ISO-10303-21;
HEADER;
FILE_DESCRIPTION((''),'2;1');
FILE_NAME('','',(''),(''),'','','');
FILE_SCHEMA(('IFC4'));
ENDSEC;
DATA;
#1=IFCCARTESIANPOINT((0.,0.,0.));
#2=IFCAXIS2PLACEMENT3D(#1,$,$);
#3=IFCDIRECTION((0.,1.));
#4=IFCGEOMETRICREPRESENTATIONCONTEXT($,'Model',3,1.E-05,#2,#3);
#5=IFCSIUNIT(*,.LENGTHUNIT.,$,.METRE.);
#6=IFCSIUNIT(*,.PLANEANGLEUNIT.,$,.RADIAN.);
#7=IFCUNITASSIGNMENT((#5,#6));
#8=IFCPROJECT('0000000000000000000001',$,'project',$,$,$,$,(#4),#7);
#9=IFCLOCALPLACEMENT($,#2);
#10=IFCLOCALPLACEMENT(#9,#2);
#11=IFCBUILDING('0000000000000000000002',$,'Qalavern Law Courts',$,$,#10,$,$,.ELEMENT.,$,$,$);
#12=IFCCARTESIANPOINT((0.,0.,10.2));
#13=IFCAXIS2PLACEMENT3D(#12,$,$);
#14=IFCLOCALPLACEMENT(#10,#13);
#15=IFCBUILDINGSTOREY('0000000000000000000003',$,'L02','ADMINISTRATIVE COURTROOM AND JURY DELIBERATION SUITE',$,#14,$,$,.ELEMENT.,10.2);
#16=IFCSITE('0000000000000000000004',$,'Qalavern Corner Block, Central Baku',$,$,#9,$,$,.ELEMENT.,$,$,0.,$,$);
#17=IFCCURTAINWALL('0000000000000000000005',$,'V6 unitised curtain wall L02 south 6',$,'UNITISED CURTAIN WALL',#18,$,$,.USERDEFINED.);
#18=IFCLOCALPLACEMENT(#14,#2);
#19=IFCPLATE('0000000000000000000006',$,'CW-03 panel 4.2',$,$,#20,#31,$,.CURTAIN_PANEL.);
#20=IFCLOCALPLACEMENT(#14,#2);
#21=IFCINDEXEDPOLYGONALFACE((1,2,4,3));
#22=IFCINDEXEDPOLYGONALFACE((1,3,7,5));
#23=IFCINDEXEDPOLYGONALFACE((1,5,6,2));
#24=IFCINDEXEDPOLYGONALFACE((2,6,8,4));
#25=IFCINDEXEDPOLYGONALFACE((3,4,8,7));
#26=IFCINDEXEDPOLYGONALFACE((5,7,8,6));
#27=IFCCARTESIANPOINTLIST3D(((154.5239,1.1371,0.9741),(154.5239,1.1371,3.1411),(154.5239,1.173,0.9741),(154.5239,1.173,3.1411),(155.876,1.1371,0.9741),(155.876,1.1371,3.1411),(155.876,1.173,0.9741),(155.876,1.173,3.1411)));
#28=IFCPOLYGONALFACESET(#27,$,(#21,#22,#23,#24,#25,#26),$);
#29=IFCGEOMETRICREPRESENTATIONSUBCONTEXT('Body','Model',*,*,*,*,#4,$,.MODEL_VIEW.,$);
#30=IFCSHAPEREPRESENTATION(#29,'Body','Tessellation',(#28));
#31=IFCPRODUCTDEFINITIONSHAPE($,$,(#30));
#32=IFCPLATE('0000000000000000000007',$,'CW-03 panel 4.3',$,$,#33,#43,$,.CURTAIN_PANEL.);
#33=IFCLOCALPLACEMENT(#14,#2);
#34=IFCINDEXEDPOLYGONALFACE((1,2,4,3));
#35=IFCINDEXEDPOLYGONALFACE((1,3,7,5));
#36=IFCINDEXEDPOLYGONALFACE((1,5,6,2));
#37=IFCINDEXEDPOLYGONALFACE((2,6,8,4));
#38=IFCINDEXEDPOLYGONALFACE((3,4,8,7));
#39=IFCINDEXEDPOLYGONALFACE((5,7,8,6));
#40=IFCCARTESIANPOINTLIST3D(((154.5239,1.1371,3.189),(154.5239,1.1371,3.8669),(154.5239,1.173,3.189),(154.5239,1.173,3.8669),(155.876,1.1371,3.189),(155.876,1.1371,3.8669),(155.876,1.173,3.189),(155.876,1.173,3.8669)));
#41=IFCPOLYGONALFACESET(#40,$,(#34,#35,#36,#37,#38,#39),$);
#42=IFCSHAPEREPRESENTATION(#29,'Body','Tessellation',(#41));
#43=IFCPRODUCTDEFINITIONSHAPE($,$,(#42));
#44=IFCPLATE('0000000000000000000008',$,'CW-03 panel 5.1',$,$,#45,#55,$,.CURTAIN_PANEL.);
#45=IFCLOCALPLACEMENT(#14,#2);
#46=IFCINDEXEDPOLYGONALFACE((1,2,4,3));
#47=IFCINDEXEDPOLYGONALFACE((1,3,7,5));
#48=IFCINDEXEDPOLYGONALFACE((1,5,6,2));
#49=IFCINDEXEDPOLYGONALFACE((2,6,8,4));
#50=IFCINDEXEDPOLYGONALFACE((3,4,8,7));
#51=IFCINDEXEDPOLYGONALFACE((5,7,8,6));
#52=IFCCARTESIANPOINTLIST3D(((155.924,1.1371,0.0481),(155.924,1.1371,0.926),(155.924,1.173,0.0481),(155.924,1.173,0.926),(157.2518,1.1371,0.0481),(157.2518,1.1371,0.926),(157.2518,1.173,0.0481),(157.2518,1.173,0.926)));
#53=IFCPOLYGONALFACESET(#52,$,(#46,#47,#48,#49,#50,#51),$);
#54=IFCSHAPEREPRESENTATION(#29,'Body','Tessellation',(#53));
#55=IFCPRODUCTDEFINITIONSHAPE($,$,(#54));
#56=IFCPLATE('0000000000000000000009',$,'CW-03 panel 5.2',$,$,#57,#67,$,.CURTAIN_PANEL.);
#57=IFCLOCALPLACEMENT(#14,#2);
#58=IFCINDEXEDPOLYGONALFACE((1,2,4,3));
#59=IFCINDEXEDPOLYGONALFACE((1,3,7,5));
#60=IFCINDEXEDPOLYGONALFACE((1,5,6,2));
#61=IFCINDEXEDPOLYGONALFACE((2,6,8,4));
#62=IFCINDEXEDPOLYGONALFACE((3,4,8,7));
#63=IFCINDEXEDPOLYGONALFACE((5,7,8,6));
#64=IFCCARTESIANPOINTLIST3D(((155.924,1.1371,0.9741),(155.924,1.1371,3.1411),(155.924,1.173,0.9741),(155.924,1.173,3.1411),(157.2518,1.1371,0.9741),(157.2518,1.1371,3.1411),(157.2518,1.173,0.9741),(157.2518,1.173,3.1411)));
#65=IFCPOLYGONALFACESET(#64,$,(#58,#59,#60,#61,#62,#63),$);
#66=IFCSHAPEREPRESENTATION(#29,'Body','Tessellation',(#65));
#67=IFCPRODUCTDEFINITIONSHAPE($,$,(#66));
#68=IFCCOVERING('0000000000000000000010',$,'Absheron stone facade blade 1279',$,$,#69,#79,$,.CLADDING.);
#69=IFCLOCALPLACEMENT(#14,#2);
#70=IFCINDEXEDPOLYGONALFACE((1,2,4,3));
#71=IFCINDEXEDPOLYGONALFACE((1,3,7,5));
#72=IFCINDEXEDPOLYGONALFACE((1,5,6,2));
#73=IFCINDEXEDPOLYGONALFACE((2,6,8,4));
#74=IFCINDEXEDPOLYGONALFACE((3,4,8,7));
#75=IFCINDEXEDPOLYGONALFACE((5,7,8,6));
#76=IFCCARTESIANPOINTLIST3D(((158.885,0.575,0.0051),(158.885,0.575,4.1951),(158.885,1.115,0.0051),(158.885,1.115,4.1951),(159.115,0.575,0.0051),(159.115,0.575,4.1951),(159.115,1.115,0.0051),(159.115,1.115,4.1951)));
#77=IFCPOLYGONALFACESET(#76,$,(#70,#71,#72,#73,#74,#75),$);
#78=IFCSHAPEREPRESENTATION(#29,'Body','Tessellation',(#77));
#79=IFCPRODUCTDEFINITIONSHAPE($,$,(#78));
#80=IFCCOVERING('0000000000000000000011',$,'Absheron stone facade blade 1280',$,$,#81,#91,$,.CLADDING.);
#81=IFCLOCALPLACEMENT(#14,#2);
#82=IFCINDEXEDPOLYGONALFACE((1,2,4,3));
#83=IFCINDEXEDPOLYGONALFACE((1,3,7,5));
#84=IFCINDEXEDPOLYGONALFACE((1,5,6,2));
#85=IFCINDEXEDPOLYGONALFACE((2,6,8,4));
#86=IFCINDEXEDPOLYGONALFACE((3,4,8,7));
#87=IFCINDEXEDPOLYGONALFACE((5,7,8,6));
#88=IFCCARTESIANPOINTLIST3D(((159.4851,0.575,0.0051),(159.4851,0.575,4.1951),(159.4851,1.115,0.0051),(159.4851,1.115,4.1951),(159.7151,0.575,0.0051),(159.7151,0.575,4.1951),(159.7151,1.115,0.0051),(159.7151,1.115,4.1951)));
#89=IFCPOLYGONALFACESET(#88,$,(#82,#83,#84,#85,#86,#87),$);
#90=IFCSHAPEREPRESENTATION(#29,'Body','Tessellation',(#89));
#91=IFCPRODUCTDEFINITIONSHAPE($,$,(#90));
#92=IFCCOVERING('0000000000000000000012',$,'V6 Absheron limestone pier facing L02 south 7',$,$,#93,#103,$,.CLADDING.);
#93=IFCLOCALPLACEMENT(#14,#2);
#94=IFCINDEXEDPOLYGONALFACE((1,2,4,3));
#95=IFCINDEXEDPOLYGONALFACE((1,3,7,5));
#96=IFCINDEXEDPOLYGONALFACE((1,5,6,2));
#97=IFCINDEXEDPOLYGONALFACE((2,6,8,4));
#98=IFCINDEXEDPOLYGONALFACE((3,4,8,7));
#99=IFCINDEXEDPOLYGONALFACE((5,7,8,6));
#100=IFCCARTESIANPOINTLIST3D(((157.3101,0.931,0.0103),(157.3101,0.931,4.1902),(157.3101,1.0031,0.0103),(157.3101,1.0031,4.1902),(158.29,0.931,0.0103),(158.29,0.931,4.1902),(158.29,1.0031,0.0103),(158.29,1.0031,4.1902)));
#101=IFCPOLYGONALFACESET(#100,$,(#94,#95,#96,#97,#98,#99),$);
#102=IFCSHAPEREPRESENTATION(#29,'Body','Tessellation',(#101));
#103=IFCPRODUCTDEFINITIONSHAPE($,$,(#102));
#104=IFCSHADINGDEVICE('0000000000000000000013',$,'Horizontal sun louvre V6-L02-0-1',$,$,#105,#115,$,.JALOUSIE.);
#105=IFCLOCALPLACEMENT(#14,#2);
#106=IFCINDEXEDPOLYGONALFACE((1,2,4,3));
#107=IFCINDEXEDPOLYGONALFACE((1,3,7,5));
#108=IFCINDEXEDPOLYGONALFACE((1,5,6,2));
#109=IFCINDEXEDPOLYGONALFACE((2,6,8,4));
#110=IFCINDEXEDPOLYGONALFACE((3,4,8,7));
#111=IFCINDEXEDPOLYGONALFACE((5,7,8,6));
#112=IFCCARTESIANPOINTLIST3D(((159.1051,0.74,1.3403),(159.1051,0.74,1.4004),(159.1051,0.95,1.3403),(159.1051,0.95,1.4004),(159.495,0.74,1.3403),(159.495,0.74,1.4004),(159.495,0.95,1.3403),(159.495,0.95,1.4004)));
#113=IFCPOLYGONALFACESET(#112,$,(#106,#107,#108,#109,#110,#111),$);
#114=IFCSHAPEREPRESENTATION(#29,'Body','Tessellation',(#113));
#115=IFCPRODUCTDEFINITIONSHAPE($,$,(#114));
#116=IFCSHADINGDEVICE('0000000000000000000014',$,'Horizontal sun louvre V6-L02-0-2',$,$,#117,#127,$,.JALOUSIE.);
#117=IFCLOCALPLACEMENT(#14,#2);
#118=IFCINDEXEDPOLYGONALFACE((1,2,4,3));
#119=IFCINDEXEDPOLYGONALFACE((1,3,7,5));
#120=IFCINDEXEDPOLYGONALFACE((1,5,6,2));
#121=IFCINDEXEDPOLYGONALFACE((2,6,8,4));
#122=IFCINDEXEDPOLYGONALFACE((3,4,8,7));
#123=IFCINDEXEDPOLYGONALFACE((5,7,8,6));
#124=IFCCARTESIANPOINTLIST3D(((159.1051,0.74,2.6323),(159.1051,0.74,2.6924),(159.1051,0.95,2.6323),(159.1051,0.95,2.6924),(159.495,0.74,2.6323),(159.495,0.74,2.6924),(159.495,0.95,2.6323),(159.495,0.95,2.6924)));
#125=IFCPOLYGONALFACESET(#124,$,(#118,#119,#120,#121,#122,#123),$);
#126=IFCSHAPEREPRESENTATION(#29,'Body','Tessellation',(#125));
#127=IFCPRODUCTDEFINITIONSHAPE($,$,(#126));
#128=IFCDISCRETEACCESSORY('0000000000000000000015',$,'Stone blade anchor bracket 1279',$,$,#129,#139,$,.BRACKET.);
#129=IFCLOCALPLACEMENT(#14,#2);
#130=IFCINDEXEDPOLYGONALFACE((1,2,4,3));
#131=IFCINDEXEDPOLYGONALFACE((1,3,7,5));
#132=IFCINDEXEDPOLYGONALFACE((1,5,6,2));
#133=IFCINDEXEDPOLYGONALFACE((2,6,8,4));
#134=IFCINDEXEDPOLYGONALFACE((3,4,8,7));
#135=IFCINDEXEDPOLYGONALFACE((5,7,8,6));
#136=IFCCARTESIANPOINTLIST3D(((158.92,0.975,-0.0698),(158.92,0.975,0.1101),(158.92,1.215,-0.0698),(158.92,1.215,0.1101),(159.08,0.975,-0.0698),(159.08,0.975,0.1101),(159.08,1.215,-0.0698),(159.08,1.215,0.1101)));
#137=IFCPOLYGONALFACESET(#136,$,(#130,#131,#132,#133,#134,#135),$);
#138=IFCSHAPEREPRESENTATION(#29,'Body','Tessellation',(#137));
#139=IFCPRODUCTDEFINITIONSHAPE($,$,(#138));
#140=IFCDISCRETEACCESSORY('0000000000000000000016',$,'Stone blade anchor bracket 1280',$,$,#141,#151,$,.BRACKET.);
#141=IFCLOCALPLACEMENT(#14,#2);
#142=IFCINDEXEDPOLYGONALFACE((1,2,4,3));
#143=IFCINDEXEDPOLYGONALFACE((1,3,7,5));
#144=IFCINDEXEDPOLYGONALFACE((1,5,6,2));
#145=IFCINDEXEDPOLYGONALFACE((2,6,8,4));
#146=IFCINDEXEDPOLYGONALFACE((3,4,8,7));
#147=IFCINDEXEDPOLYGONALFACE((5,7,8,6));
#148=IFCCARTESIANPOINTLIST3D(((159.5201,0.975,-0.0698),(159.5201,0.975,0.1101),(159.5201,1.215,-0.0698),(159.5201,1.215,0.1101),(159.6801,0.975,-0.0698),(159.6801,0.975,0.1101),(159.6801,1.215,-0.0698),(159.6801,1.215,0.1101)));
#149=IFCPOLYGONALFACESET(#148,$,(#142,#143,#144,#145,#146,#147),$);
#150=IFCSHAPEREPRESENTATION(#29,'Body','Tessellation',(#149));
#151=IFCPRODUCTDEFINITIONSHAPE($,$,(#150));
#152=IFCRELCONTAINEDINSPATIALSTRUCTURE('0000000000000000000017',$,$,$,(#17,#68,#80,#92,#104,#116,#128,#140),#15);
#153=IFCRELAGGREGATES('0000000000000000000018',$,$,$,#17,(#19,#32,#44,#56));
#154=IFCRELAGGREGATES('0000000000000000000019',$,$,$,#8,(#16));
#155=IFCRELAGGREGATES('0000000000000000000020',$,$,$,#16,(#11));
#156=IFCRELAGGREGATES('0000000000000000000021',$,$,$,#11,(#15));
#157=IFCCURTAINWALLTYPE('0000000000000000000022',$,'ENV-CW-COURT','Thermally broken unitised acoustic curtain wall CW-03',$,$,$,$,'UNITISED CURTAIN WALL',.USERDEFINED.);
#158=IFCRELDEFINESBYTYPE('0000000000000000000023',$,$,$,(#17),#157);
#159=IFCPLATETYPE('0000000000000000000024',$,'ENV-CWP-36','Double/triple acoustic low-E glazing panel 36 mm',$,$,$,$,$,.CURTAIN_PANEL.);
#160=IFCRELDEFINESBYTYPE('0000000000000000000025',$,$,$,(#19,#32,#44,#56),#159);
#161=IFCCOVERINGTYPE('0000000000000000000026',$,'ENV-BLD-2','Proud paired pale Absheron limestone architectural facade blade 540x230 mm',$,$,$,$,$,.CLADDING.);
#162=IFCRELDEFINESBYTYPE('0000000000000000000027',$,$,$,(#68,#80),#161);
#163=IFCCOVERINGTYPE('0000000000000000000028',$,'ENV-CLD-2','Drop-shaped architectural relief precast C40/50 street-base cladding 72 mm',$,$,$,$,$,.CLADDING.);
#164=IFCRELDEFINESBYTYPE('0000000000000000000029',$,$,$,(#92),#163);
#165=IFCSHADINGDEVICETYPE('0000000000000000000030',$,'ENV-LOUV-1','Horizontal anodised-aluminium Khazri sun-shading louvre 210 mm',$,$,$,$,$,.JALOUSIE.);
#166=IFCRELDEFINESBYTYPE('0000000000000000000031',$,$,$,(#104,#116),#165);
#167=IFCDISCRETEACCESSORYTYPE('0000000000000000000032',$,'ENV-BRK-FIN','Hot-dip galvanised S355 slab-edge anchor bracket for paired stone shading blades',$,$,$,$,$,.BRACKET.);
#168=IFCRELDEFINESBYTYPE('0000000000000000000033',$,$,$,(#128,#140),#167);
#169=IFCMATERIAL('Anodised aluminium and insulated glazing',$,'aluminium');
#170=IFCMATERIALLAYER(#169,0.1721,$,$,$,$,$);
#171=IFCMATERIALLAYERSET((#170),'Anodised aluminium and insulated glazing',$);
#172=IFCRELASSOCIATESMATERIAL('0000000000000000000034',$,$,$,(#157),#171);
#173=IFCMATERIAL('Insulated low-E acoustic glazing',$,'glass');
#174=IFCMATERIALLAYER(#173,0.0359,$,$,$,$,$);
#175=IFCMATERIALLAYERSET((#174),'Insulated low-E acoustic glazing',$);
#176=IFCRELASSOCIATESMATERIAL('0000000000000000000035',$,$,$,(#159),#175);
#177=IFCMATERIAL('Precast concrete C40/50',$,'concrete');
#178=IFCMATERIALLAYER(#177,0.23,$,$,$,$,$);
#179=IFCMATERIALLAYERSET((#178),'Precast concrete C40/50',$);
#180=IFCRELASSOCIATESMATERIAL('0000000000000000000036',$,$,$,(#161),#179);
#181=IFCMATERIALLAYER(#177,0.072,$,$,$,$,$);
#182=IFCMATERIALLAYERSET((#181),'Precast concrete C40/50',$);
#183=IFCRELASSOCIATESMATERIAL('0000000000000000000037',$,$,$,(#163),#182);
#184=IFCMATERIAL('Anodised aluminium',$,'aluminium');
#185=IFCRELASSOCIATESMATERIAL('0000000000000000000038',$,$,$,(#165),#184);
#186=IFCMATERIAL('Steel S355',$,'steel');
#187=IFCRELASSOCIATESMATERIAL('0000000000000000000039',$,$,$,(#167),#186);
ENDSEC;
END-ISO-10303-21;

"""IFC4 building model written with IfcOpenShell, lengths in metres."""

from ifc_helpers import new_model, si_unit, direction, frame, origin, origin_2d, place, context, subcontext, project, spatial, rectangle, extrude, material, layer, layer_set, type_object, element, aggregate, save


model = new_model("IFC4")

# Units and contexts
model_context = context("Model", 3, precision=1e-05, world=origin(), true_north=direction((0.0, 1.0)))
body_context = subcontext(model_context, "Body", "Model", "MODEL_VIEW")
ifc_project = project(units=[si_unit("LENGTHUNIT", "METRE"), si_unit("PLANEANGLEUNIT", "RADIAN")], contexts=[model_context])

# Site, building, storey
site_placement = place(None, origin())
site = spatial("IfcSite", under=ifc_project, at=site_placement, Name="Qalavern Corner Block, Central Baku", CompositionType="ELEMENT", RefElevation=0.0)
building_placement = place(site_placement, origin())
building = spatial("IfcBuilding", under=site, at=building_placement, Name="Qalavern Law Courts", CompositionType="ELEMENT")
storey_placement = place(building_placement, frame((0.0, 0.0, 10.2)))
storey = spatial("IfcBuildingStorey", under=building, at=storey_placement, Name="L02", Description="ADMINISTRATIVE COURTROOM AND JURY DELIBERATION SUITE", CompositionType="ELEMENT", Elevation=10.2)

# Curtain wall, plates
ifc_material_1 = material(Name="Anodised aluminium and insulated glazing", Category="aluminium")
ifc_layer_1 = layer(ifc_material_1, 0.1721)
ifc_layer_set_1 = layer_set([ifc_layer_1], Name="Anodised aluminium and insulated glazing")
curtain_wall_type = type_object("IfcCurtainWallType", Name="ENV-CW-COURT", Description="Thermally broken unitised acoustic curtain wall CW-03", ElementType="UNITISED CURTAIN WALL", PredefinedType="USERDEFINED", material=ifc_layer_set_1)
curtain_wall_placement = place(storey_placement, origin())
curtain_wall = element("IfcCurtainWall", 1, at=curtain_wall_placement, inside=storey, type_object=curtain_wall_type, Name="V6 unitised curtain wall L02 south 6", ObjectType="UNITISED CURTAIN WALL", PredefinedType="USERDEFINED")
ifc_material_2 = material(Name="Anodised aluminium", Category="aluminium")
ifc_material_3 = material(Name="Insulated low-E acoustic glazing", Category="glass")
ifc_layer_2 = layer(ifc_material_3, 0.0359)
ifc_layer_set_2 = layer_set([ifc_layer_2], Name="Insulated low-E acoustic glazing")
plate_type = type_object("IfcPlateType", Name="ENV-CWP-36", Description="Double/triple acoustic low-E glazing panel 36 mm", PredefinedType="CURTAIN_PANEL", material=ifc_layer_set_2)
plate_1_placement = place(storey_placement, frame((155.2, 1.155, 0.9741), z_axis=(0.0, 0.0, 1.0), x_axis=(1.0, 0.0, 0.0)))
plate_1 = element("IfcPlate", 2, at=plate_1_placement, type_object=plate_type, Name="CW-03 panel 4.2", PredefinedType="CURTAIN_PANEL", context=body_context, shape_type="SweptSolid", body=[
    extrude(rectangle(XDim=1.3521, YDim=0.0359, at=origin_2d()), origin(), (0.0, 0.0, 1.0), 2.167),
])
plate_2_placement = place(storey_placement, frame((155.2, 1.155, 3.189), z_axis=(0.0, 0.0, 1.0), x_axis=(1.0, 0.0, 0.0)))
plate_2 = element("IfcPlate", 3, at=plate_2_placement, type_object=plate_type, Name="CW-03 panel 4.3", PredefinedType="CURTAIN_PANEL", context=body_context, shape_type="SweptSolid", body=[
    extrude(rectangle(XDim=1.3521, YDim=0.0359, at=origin_2d()), origin(), (0.0, 0.0, 1.0), 0.678),
])
plate_3_placement = place(storey_placement, frame((156.5879, 1.155, 0.0481), z_axis=(0.0, 0.0, 1.0), x_axis=(1.0, 0.0, 0.0)))
plate_3 = element("IfcPlate", 4, at=plate_3_placement, type_object=plate_type, Name="CW-03 panel 5.1", PredefinedType="CURTAIN_PANEL", context=body_context, shape_type="SweptSolid", body=[
    extrude(rectangle(XDim=1.3279, YDim=0.0359, at=origin_2d()), origin(), (0.0, 0.0, 1.0), 0.8779),
])
plate_4_placement = place(storey_placement, frame((156.5879, 1.155, 0.9741), z_axis=(0.0, 0.0, 1.0), x_axis=(1.0, 0.0, 0.0)))
plate_4 = element("IfcPlate", 5, at=plate_4_placement, type_object=plate_type, Name="CW-03 panel 5.2", PredefinedType="CURTAIN_PANEL", context=body_context, shape_type="SweptSolid", body=[
    extrude(rectangle(XDim=1.3279, YDim=0.0359, at=origin_2d()), origin(), (0.0, 0.0, 1.0), 2.167),
])
aggregate(curtain_wall, [plate_1, plate_2, plate_3, plate_4])

# Coverings
ifc_material_4 = material(Name="Precast concrete C40/50", Category="concrete")
ifc_layer_3 = layer(ifc_material_4, 0.23)
ifc_layer_set_3 = layer_set([ifc_layer_3], Name="Precast concrete C40/50")
covering_type_1 = type_object("IfcCoveringType", Name="ENV-BLD-2", Description="Proud paired pale Absheron limestone architectural facade blade 540x230 mm", PredefinedType="CLADDING", material=ifc_layer_set_3)
for number, where, z_axis, x_axis, name in (
    (6, (159.0, 0.845, 0.0051), (0.0, 0.0, 1.0), (0.0, -1.0, 0.0), "Absheron stone facade blade 1279"),
    (7, (159.6001, 0.845, 0.0051), (0.0, 0.0, 1.0), (0.0, -1.0, 0.0), "Absheron stone facade blade 1280"),
):
    element("IfcCovering", number, at=place(storey_placement, frame(where, z_axis=z_axis, x_axis=x_axis)), inside=storey, type_object=covering_type_1, Name=name, PredefinedType="CLADDING", context=body_context, shape_type="SweptSolid", body=[
        extrude(rectangle(XDim=0.54, YDim=0.23, at=origin_2d()), origin(), (0.0, 0.0, 1.0), 4.1899),
    ])
ifc_layer_4 = layer(ifc_material_4, 0.072)
ifc_layer_set_4 = layer_set([ifc_layer_4], Name="Precast concrete C40/50")
covering_type_2 = type_object("IfcCoveringType", Name="ENV-CLD-2", Description="Drop-shaped architectural relief precast C40/50 street-base cladding 72 mm", PredefinedType="CLADDING", material=ifc_layer_set_4)
covering_placement = place(storey_placement, frame((157.8, 0.967, 0.0103), z_axis=(0.0, 0.0, 1.0), x_axis=(1.0, 0.0, 0.0)))
element("IfcCovering", 8, at=covering_placement, inside=storey, type_object=covering_type_2, Name="V6 Absheron limestone pier facing L02 south 7", PredefinedType="CLADDING", context=body_context, shape_type="SweptSolid", body=[
    extrude(rectangle(XDim=0.98, YDim=0.072, at=origin_2d()), origin(), (0.0, 0.0, 1.0), 4.1799),
])

# Shading devices
shading_device_type = type_object("IfcShadingDeviceType", Name="ENV-LOUV-1", Description="Horizontal anodised-aluminium Khazri sun-shading louvre 210 mm", PredefinedType="JALOUSIE", material=ifc_material_2)
for number, where, z_axis, x_axis, name in (
    (9, (159.3, 0.845, 1.3403), (0.0, 0.0, 1.0), (1.0, 0.0, 0.0), "Horizontal sun louvre V6-L02-0-1"),
    (10, (159.3, 0.845, 2.6323), (0.0, 0.0, 1.0), (1.0, 0.0, 0.0), "Horizontal sun louvre V6-L02-0-2"),
):
    element("IfcShadingDevice", number, at=place(storey_placement, frame(where, z_axis=z_axis, x_axis=x_axis)), inside=storey, type_object=shading_device_type, Name=name, PredefinedType="JALOUSIE", context=body_context, shape_type="SweptSolid", body=[
        extrude(rectangle(XDim=0.3899, YDim=0.21, at=origin_2d()), origin(), (0.0, 0.0, 1.0), 0.0601),
    ])

# Discrete accessories
ifc_material_5 = material(Name="Steel S355", Category="steel")
discrete_accessory_type = type_object("IfcDiscreteAccessoryType", Name="ENV-BRK-FIN", Description="Hot-dip galvanised S355 slab-edge anchor bracket for paired stone shading blades", PredefinedType="BRACKET", material=ifc_material_5)
for number, where, z_axis, x_axis, name in (
    (11, (159.0, 1.095, -0.0698), (0.0, 0.0, 1.0), (0.0, -1.0, 0.0), "Stone blade anchor bracket 1279"),
    (12, (159.6001, 1.095, -0.0698), (0.0, 0.0, 1.0), (0.0, -1.0, 0.0), "Stone blade anchor bracket 1280"),
):
    element("IfcDiscreteAccessory", number, at=place(storey_placement, frame(where, z_axis=z_axis, x_axis=x_axis)), inside=storey, type_object=discrete_accessory_type, Name=name, PredefinedType="BRACKET", context=body_context, shape_type="SweptSolid", body=[
        extrude(rectangle(XDim=0.24, YDim=0.1599, at=origin_2d()), origin(), (0.0, 0.0, 1.0), 0.1799),
    ])

save(model, "model.ifc")
